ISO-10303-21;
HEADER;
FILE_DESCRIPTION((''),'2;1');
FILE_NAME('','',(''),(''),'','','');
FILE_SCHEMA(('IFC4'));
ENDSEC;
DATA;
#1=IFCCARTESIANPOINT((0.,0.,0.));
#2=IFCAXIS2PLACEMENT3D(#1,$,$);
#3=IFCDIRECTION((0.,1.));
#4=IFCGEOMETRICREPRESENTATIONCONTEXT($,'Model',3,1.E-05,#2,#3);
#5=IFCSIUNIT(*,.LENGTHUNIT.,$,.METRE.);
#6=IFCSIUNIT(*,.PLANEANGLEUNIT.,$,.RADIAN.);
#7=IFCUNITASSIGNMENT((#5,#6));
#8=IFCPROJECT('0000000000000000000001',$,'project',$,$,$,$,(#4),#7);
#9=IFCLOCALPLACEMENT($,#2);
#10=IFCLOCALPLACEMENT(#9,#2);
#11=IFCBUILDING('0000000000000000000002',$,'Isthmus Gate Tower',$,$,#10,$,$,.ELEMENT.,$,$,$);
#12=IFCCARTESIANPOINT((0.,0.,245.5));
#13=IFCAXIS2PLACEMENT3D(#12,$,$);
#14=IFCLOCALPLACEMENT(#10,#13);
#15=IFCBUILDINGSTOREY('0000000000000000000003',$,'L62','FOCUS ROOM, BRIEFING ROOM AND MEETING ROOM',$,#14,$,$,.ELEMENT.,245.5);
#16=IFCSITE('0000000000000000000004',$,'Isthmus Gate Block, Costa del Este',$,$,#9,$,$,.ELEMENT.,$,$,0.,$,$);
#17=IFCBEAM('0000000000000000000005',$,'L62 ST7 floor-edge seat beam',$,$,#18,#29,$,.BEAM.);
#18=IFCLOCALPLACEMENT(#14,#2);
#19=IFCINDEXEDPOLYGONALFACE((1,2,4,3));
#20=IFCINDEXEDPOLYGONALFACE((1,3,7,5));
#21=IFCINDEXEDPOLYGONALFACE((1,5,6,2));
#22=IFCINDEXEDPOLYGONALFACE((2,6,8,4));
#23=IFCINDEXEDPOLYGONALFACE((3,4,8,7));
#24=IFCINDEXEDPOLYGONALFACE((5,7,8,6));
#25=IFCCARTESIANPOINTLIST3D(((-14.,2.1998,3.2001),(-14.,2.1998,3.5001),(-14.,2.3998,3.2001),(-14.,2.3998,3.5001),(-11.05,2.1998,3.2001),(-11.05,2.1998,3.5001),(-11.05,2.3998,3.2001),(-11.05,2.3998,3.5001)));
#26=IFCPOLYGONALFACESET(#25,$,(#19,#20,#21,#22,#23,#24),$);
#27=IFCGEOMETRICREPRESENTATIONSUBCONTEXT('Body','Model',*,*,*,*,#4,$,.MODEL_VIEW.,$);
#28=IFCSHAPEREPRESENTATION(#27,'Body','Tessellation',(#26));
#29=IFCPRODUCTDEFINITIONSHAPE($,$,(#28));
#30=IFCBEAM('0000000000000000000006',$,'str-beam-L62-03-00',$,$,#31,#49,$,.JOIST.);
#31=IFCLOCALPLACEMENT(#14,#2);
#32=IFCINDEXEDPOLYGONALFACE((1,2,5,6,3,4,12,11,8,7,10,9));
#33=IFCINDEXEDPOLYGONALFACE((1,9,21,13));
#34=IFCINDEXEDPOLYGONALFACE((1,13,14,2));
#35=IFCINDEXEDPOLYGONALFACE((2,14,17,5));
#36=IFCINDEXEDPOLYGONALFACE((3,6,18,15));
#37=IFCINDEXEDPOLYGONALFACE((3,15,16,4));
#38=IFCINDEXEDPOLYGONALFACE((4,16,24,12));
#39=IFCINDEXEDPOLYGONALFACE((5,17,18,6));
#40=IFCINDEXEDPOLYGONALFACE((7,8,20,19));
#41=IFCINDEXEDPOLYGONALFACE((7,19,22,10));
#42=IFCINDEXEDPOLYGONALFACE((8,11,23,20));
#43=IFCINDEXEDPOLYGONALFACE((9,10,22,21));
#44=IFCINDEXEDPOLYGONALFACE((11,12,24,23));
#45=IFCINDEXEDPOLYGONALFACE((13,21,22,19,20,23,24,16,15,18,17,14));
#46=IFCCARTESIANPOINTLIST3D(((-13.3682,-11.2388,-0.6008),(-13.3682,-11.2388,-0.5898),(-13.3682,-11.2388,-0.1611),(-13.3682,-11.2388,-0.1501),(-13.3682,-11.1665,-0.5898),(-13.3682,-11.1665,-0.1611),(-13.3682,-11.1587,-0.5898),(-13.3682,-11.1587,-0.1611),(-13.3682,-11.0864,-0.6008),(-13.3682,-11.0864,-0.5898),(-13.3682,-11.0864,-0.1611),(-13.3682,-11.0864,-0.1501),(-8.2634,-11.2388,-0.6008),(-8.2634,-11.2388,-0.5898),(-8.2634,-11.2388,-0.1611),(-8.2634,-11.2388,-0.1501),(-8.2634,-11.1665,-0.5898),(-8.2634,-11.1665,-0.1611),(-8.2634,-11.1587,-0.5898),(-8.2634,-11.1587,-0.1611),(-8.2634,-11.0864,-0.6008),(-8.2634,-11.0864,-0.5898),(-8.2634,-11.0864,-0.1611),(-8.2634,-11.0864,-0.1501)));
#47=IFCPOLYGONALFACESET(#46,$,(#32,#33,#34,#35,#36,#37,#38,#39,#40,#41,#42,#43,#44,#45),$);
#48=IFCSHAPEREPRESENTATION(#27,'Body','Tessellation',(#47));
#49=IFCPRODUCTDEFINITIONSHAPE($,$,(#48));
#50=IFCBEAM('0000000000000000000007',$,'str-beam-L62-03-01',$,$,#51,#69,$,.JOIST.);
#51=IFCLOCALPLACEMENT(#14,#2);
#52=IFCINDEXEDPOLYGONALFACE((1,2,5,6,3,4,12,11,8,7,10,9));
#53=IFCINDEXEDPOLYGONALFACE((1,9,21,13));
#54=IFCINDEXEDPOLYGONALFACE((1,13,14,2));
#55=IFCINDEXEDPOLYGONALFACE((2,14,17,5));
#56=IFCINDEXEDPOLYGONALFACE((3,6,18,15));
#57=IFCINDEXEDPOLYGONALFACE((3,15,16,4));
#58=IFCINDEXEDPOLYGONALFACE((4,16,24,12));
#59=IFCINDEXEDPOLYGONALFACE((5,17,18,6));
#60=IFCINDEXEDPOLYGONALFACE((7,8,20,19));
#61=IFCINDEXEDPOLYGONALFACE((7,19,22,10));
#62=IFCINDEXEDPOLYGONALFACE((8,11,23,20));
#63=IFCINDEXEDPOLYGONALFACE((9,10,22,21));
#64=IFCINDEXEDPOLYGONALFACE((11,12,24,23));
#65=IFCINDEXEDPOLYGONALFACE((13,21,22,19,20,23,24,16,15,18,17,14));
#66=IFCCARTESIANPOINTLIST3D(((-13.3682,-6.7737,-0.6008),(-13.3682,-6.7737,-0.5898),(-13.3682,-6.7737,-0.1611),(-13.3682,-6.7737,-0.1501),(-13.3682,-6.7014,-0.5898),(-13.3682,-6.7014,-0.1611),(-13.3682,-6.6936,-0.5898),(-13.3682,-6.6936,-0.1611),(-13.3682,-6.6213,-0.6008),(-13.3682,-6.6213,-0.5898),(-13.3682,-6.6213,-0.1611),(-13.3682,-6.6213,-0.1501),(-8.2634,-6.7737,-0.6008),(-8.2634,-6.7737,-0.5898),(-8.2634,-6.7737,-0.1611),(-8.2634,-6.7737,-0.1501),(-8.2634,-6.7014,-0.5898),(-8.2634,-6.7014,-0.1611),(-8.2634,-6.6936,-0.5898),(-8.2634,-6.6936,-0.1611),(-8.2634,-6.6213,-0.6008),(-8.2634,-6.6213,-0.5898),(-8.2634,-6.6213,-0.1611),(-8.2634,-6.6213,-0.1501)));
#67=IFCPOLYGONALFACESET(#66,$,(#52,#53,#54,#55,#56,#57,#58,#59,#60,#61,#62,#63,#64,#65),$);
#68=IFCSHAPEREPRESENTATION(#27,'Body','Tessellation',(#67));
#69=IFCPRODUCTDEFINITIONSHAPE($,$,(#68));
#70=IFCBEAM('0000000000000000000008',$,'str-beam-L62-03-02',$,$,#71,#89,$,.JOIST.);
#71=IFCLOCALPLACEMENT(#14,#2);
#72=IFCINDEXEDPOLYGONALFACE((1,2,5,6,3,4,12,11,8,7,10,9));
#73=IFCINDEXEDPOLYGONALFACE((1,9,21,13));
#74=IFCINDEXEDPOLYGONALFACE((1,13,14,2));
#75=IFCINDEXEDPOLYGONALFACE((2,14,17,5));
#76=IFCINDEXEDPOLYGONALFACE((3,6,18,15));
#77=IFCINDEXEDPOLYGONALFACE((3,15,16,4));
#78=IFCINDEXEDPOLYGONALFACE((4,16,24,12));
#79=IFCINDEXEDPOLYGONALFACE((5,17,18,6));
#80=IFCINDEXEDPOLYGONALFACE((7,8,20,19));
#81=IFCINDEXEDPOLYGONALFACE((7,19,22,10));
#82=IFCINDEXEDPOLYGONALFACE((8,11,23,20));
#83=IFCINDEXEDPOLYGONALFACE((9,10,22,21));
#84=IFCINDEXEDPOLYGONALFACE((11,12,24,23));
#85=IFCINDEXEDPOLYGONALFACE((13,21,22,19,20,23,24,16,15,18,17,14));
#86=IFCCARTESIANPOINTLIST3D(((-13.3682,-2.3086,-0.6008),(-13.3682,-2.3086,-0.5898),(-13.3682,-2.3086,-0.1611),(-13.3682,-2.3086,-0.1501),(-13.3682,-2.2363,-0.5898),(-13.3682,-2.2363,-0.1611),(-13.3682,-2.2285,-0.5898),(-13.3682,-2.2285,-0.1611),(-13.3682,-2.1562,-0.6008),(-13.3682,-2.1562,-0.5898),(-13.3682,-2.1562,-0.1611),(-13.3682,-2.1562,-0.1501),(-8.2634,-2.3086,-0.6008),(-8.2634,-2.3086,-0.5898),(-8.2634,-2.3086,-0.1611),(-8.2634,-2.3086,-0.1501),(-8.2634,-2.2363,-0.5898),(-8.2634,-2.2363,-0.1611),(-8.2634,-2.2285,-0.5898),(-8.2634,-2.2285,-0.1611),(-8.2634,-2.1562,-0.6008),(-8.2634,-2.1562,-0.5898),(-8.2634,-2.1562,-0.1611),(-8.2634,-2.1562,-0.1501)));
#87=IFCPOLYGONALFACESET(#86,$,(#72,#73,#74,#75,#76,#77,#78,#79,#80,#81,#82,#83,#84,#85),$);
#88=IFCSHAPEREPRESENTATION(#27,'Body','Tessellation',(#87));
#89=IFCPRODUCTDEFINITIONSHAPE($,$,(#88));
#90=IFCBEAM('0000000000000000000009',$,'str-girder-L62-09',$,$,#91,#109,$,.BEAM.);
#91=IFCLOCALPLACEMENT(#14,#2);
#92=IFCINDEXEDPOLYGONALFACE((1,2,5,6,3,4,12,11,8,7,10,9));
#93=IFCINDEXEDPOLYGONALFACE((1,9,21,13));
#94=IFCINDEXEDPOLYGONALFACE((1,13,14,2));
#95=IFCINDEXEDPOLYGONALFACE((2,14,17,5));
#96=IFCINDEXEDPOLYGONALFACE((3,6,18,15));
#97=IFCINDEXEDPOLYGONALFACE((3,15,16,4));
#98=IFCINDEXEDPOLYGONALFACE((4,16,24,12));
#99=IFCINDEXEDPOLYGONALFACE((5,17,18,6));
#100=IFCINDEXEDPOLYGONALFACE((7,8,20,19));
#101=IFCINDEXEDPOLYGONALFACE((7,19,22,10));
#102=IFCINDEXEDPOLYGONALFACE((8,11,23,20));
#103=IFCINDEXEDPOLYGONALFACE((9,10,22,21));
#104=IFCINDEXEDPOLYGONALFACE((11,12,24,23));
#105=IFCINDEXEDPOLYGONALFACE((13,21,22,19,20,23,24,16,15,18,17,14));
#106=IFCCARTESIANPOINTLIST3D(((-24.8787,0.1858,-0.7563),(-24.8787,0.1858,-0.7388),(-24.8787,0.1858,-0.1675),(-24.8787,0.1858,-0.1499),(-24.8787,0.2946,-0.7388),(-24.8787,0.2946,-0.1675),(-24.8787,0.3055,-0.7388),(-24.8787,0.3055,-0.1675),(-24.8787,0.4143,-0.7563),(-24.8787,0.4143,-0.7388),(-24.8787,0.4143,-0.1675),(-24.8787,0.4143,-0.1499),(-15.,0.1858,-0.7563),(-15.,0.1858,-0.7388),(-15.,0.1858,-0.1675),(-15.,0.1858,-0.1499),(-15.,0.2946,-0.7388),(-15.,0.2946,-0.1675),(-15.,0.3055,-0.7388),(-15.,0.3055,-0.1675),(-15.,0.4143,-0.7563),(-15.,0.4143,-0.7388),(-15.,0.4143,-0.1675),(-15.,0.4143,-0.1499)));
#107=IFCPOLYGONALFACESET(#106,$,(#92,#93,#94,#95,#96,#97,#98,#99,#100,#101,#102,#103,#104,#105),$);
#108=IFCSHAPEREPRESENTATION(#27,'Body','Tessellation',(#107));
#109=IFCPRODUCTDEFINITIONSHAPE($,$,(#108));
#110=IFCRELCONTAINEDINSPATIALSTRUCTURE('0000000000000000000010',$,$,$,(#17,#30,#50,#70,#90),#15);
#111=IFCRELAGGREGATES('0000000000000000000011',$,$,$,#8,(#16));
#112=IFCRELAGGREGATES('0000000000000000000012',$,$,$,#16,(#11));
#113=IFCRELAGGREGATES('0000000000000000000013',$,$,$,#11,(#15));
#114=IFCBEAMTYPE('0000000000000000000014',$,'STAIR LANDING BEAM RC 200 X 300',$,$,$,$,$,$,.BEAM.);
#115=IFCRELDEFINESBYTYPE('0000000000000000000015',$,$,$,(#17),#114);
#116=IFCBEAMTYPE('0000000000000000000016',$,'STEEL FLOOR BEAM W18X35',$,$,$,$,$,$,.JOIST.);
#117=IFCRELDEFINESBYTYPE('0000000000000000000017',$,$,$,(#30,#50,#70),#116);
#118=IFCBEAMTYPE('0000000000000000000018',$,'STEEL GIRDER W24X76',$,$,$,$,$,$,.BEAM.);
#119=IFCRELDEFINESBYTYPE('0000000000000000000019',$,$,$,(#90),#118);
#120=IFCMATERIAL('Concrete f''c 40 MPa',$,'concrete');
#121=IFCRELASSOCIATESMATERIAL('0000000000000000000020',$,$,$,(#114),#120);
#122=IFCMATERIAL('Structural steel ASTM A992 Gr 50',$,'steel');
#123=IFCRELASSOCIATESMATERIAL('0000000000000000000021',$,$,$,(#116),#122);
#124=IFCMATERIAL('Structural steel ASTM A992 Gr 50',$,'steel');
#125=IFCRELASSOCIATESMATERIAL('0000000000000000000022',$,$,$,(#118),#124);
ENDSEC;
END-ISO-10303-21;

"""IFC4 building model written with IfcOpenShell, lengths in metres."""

from ifc_helpers import new_model, si_unit, direction, frame, origin, origin_2d, place, context, subcontext, project, spatial, rectangle, i_section, extrude, material, material_profile, profile_set, type_object, element, save


model = new_model("IFC4")

# Units and contexts
model_context = context("Model", 3, precision=1e-05, world=origin(), true_north=direction((0.0, 1.0)))
body_context = subcontext(model_context, "Body", "Model", "MODEL_VIEW")
ifc_project = project(units=[si_unit("LENGTHUNIT", "METRE"), si_unit("PLANEANGLEUNIT", "RADIAN")], contexts=[model_context])

# Site, building, storey
site_placement = place(None, origin())
site = spatial("IfcSite", under=ifc_project, at=site_placement, Name="Isthmus Gate Block, Costa del Este", CompositionType="ELEMENT", RefElevation=0.0)
building_placement = place(site_placement, origin())
building = spatial("IfcBuilding", under=site, at=building_placement, Name="Isthmus Gate Tower", CompositionType="ELEMENT")
storey_placement = place(building_placement, frame((0.0, 0.0, 245.5)))
storey = spatial("IfcBuildingStorey", under=building, at=storey_placement, Name="L62", Description="FOCUS ROOM, BRIEFING ROOM AND MEETING ROOM", CompositionType="ELEMENT", Elevation=245.5)

# Beams
ifc_material_1 = material(Name="Concrete f'c 40 MPa", Category="concrete")
ifc_material_profile_1 = material_profile(ifc_material_1, rectangle(XDim=0.2, YDim=0.3, at=origin_2d()), Name="STAIR LANDING BEAM RC 200 X 300")
ifc_profile_set_1 = profile_set([ifc_material_profile_1], Name="Concrete f'c 40 MPa")
beam_type_1 = type_object("IfcBeamType", Name="STAIR LANDING BEAM RC 200 X 300", PredefinedType="BEAM", material=ifc_profile_set_1)
beam_1_placement = place(storey_placement, frame((-14.0, 2.2998, 3.3501), z_axis=(1.0, 0.0, 0.0), x_axis=(0.0, 1.0, 0.0)))
element("IfcBeam", 1, at=beam_1_placement, inside=storey, type_object=beam_type_1, Name="L62 ST7 floor-edge seat beam", PredefinedType="BEAM", context=body_context, shape_type="SweptSolid", body=[
    extrude(rectangle(XDim=0.2, YDim=0.3, at=origin_2d()), origin(), (0.0, 0.0, 1.0), 2.95),
])
ifc_material_2 = material(Name="Structural steel ASTM A992 Gr 50", Category="steel")
ifc_material_profile_2 = material_profile(ifc_material_2, i_section(OverallWidth=0.1523, OverallDepth=0.4507, WebThickness=0.0078, FlangeThickness=0.011, at=origin_2d()), Name="W18X35")
ifc_profile_set_2 = profile_set([ifc_material_profile_2], Name="Structural steel ASTM A992 Gr 50")
beam_type_2 = type_object("IfcBeamType", Name="STEEL FLOOR BEAM W18X35", PredefinedType="JOIST", material=ifc_profile_set_2)
for number, where, z_axis, x_axis, name in (
    (2, (-13.3682, -11.1626, -0.3755), (1.0, 0.0, 0.0), (0.0, 1.0, 0.0), "str-beam-L62-03-00"),
    (3, (-13.3682, -6.6975, -0.3755), (1.0, 0.0, 0.0), (0.0, 1.0, 0.0), "str-beam-L62-03-01"),
    (4, (-13.3682, -2.2324, -0.3755), (1.0, 0.0, 0.0), (0.0, 1.0, 0.0), "str-beam-L62-03-02"),
):
    element("IfcBeam", number, at=place(storey_placement, frame(where, z_axis=z_axis, x_axis=x_axis)), inside=storey, type_object=beam_type_2, Name=name, PredefinedType="JOIST", context=body_context, shape_type="SweptSolid", body=[
        extrude(i_section(OverallWidth=0.1523, OverallDepth=0.4507, WebThickness=0.0078, FlangeThickness=0.011, at=origin_2d()), origin(), (0.0, 0.0, 1.0), 5.1047),
    ])
ifc_material_3 = material(Name="Structural steel ASTM A992 Gr 50", Category="steel")
ifc_material_profile_3 = material_profile(ifc_material_3, i_section(OverallWidth=0.2285, OverallDepth=0.6064, WebThickness=0.011, FlangeThickness=0.0176, at=origin_2d()), Name="W24X76")
ifc_profile_set_3 = profile_set([ifc_material_profile_3], Name="Structural steel ASTM A992 Gr 50")
beam_type_3 = type_object("IfcBeamType", Name="STEEL GIRDER W24X76", PredefinedType="BEAM", material=ifc_profile_set_3)
beam_2_placement = place(storey_placement, frame((-15.0, 0.3, -0.4531), z_axis=(-1.0, 0.0, 0.0), x_axis=(0.0, -1.0, 0.0)))
element("IfcBeam", 5, at=beam_2_placement, inside=storey, type_object=beam_type_3, Name="str-girder-L62-09", PredefinedType="BEAM", context=body_context, shape_type="SweptSolid", body=[
    extrude(i_section(OverallWidth=0.2285, OverallDepth=0.6064, WebThickness=0.011, FlangeThickness=0.0176, at=origin_2d()), origin(), (0.0, 0.0, 1.0), 9.8787),
])

save(model, "model.ifc")
